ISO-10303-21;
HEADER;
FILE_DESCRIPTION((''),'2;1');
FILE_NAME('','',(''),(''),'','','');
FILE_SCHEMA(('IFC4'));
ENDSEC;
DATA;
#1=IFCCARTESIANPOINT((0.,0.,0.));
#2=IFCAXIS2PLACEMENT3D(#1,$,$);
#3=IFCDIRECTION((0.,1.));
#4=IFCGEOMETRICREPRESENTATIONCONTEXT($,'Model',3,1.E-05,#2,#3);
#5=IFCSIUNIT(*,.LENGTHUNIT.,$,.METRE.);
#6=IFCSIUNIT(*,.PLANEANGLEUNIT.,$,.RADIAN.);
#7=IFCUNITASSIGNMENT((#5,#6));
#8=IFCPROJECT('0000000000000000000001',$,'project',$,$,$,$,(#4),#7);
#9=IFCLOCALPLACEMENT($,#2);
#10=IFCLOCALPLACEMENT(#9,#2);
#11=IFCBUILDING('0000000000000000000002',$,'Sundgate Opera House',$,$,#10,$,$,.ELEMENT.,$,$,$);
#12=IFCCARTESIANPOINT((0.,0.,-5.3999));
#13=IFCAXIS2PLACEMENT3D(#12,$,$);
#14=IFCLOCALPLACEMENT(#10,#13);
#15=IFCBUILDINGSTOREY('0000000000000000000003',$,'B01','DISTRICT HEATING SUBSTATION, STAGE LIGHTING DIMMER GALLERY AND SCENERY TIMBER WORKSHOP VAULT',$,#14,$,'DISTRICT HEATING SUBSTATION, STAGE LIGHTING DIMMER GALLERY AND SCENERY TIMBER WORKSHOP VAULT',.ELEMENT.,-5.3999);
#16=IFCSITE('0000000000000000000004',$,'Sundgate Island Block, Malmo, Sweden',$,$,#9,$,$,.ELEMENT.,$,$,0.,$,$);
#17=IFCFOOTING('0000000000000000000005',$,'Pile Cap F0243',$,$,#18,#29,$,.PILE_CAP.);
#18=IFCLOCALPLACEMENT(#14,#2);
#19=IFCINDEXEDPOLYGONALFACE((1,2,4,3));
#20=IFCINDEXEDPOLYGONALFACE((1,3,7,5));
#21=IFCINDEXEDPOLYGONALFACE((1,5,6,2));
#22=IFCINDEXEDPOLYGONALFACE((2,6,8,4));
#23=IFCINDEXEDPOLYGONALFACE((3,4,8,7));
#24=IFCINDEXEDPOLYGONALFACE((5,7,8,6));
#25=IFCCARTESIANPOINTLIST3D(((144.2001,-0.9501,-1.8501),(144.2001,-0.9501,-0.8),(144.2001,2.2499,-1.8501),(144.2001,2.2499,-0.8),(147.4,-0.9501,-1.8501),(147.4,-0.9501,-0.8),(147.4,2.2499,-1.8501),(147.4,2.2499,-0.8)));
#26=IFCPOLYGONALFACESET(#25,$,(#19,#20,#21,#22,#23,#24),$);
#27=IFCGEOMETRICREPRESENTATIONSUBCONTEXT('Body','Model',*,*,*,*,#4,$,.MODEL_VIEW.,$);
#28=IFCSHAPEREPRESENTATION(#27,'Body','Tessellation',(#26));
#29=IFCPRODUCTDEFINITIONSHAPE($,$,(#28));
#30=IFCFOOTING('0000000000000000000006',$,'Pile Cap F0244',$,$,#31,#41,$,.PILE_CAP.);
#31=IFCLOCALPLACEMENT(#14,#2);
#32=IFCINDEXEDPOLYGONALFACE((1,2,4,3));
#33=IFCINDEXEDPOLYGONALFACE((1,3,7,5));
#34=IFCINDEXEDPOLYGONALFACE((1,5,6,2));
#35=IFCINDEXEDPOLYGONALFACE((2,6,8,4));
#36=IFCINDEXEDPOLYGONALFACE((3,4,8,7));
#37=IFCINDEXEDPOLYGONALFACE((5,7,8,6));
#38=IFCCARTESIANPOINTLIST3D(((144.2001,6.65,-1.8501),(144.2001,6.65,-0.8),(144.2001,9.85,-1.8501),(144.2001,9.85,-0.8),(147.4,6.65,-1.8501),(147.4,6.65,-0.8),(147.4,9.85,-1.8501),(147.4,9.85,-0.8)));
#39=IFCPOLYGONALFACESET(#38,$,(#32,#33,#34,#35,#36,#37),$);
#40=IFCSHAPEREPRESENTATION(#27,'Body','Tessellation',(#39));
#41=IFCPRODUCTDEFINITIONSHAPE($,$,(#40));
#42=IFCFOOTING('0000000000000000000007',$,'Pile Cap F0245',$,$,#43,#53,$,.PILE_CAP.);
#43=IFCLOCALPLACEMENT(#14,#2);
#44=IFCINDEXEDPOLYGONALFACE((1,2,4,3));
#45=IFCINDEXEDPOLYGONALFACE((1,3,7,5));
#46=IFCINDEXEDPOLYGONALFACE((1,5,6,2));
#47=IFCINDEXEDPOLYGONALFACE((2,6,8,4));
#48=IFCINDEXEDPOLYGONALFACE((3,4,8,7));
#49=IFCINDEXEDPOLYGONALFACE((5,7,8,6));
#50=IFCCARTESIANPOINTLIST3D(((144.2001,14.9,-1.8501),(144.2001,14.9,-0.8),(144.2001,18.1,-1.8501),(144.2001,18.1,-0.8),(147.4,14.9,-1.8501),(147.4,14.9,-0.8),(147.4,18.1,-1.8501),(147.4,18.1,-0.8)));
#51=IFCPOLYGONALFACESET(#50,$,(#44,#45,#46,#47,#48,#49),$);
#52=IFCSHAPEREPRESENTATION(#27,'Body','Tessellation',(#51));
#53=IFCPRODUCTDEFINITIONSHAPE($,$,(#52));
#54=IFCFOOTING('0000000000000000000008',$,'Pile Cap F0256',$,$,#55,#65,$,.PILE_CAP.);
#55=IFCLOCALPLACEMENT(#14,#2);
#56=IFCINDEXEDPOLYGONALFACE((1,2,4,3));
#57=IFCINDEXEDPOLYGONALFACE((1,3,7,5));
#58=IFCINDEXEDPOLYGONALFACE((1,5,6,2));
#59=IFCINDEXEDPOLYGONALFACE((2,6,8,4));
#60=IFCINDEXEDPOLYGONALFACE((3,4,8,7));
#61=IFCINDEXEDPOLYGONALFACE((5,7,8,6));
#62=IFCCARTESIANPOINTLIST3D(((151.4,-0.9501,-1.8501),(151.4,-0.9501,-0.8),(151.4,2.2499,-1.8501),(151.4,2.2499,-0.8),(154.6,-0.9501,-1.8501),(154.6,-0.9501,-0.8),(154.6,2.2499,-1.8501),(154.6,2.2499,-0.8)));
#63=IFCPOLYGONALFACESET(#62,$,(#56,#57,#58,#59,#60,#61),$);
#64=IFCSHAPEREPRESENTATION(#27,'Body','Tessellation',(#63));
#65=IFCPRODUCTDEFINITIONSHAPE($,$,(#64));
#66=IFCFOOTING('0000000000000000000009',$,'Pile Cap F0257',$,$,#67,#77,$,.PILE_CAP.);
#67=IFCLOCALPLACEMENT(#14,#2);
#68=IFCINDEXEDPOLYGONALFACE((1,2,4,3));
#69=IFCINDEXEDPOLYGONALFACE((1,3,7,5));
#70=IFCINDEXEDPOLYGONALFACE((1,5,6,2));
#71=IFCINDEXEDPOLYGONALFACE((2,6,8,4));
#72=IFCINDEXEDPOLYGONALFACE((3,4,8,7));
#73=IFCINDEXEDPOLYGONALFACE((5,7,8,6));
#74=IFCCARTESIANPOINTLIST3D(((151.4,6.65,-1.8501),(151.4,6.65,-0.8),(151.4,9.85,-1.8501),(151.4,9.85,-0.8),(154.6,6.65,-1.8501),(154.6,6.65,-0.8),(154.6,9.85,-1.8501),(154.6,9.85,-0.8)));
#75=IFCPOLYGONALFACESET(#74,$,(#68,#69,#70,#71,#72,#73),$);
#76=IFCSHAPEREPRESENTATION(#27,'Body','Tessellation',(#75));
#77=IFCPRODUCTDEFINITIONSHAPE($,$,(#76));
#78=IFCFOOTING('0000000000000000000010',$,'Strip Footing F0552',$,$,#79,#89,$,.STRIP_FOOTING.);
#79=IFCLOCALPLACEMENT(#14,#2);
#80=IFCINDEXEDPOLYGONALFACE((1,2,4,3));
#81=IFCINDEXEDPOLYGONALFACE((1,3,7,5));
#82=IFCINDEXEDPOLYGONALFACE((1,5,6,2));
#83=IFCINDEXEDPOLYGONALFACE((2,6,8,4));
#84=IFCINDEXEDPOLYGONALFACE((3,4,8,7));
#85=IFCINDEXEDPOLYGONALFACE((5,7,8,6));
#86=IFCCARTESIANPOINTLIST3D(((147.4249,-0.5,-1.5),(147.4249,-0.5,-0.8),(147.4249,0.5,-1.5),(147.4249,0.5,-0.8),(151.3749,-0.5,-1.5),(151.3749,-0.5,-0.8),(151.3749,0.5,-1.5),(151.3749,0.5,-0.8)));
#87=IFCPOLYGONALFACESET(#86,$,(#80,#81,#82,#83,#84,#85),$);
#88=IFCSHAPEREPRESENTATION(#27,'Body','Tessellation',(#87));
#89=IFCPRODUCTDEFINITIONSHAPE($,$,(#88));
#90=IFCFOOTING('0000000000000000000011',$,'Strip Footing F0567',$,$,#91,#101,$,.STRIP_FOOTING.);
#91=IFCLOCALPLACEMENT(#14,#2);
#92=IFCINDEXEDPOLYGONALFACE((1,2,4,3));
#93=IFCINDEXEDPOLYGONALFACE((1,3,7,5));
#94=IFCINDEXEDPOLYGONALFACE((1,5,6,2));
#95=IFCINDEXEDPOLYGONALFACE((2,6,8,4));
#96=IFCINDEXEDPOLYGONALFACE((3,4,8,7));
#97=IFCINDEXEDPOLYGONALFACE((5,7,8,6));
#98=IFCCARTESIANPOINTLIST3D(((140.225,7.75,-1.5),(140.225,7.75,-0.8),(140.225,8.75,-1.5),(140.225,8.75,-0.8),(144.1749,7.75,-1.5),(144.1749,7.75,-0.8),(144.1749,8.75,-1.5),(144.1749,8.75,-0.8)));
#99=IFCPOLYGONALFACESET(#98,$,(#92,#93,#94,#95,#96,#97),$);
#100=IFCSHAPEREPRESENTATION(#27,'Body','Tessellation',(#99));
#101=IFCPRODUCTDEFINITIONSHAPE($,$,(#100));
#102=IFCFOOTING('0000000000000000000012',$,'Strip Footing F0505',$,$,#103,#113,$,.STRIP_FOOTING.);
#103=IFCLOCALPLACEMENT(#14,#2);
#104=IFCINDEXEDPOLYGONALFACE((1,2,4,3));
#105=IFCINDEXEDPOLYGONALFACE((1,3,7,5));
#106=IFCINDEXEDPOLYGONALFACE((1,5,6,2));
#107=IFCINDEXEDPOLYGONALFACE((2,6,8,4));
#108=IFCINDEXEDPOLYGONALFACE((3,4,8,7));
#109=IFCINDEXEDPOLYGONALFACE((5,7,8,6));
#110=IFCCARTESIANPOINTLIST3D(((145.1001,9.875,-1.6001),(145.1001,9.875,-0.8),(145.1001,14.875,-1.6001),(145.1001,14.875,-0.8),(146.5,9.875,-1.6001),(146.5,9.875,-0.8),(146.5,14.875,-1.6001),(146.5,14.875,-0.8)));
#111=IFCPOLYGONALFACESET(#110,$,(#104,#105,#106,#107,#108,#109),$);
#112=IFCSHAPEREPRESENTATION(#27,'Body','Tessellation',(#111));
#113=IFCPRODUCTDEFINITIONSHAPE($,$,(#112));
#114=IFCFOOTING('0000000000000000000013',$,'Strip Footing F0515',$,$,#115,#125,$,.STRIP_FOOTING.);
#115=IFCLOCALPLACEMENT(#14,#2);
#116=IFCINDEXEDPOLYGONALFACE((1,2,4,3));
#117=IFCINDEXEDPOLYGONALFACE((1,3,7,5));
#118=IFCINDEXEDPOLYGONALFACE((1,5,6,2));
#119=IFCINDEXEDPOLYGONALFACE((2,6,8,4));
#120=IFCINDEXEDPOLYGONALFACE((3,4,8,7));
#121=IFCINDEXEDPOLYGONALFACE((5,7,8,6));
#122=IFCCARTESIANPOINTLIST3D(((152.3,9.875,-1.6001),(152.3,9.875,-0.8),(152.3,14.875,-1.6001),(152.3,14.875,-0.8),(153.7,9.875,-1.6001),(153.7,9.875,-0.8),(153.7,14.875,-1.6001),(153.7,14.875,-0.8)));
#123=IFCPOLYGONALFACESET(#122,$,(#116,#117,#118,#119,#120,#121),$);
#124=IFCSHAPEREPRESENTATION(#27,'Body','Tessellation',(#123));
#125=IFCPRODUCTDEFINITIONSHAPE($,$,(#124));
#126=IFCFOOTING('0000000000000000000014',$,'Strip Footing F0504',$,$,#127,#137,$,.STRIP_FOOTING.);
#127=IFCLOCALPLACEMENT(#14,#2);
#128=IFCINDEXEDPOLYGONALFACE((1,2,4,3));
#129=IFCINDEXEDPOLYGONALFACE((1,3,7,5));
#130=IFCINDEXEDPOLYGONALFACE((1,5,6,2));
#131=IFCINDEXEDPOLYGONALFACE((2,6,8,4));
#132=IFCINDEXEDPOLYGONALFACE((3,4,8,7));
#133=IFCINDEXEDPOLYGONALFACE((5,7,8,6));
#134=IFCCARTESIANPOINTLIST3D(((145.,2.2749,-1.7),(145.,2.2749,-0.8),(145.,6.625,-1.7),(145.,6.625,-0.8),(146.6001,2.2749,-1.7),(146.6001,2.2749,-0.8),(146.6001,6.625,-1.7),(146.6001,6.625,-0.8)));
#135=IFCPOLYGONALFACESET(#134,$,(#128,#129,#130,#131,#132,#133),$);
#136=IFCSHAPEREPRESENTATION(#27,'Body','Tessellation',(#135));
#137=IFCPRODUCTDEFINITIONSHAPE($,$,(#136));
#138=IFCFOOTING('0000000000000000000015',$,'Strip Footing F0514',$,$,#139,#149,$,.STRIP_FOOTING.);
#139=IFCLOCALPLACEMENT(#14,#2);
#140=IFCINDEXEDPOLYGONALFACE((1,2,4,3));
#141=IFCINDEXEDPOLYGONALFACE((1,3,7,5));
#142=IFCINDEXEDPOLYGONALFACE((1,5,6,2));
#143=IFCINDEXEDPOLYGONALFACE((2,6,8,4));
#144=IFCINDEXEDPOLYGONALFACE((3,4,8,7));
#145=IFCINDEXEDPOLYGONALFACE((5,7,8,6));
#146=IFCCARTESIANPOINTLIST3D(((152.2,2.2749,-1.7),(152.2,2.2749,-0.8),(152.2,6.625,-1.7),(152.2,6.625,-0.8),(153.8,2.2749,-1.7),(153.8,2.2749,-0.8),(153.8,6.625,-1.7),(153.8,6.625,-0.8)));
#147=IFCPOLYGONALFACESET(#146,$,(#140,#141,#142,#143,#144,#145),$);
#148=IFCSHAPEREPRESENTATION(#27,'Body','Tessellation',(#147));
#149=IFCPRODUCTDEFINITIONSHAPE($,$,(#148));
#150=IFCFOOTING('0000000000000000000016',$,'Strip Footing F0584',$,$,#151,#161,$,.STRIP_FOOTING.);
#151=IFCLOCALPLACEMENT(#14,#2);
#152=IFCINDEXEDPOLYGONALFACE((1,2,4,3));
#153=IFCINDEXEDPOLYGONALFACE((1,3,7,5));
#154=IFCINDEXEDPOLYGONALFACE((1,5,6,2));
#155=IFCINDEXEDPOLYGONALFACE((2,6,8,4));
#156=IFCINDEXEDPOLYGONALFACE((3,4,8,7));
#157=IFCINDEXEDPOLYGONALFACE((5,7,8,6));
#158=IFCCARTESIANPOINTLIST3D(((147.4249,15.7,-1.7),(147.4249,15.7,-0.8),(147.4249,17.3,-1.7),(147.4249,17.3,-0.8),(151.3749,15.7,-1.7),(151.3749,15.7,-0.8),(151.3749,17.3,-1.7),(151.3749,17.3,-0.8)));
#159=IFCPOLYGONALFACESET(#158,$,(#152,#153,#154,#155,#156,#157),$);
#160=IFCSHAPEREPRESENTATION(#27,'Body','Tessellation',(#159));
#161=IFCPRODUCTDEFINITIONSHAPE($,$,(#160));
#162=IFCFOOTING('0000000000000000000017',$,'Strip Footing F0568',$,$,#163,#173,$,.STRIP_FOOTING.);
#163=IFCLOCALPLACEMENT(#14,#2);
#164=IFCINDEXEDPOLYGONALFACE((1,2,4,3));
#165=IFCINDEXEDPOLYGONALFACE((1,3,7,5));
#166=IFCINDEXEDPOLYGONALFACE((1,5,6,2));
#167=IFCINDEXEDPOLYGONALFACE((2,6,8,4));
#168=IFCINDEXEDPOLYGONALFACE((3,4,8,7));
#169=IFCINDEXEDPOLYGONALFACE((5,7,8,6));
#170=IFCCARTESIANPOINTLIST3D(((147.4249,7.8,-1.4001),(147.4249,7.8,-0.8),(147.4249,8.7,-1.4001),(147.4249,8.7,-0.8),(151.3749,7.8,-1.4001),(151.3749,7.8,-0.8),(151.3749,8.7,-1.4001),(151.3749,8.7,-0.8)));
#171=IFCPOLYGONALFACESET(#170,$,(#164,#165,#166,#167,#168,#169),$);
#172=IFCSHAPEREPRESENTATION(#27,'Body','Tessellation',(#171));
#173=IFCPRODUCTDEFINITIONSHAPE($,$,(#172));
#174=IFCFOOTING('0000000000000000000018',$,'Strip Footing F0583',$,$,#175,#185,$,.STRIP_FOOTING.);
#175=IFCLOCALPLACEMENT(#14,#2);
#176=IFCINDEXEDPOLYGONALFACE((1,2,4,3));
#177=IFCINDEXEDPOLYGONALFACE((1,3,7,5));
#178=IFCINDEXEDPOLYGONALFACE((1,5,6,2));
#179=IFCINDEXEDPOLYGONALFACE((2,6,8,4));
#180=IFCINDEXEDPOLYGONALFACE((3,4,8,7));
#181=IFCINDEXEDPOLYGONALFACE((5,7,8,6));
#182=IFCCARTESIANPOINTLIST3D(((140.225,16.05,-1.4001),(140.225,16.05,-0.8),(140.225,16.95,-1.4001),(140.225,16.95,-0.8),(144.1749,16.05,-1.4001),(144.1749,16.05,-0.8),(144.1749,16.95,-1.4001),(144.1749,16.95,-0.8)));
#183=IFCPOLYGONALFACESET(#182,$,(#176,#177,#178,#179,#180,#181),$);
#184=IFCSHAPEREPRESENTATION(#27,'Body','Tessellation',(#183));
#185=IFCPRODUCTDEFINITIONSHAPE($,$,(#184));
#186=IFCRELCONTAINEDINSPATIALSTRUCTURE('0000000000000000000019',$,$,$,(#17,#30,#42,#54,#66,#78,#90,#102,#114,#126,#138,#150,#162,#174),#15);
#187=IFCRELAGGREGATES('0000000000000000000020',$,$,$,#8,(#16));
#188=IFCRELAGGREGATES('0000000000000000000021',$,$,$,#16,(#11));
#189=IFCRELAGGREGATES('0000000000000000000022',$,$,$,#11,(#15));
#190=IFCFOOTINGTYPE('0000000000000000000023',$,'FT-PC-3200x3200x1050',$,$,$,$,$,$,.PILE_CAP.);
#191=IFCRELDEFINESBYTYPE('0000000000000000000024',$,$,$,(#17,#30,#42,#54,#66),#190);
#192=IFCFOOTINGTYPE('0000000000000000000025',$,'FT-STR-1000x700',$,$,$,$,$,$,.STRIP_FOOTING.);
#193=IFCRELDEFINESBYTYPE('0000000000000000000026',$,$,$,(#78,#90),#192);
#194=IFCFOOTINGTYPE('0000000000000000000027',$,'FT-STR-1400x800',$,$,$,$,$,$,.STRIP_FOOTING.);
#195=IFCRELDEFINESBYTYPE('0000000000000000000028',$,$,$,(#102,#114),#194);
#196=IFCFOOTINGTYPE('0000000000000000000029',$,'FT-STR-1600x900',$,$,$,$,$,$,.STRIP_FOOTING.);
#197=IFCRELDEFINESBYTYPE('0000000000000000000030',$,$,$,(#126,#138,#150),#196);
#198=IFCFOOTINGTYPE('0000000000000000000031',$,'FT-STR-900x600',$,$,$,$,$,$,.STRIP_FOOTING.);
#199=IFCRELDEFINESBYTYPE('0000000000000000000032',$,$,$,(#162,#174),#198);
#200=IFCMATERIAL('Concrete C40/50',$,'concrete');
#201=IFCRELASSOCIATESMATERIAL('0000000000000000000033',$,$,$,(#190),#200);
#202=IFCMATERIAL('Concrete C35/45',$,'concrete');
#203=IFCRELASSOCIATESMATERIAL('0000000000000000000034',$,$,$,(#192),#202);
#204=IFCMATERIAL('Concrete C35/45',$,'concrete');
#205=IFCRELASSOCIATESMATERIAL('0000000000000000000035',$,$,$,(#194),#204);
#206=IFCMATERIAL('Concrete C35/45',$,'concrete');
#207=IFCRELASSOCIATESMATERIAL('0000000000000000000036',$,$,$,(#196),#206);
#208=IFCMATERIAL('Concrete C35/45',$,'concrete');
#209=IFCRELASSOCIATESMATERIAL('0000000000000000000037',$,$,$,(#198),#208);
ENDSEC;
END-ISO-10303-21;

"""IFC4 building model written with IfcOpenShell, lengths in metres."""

from ifc_helpers import new_model, si_unit, direction, frame, origin, origin_2d, place, context, subcontext, project, spatial, rectangle, extrude, material, type_object, element, save


model = new_model("IFC4")

# Units and contexts
model_context = context("Model", 3, precision=1e-05, world=origin(), true_north=direction((0.0, 1.0)))
body_context = subcontext(model_context, "Body", "Model", "MODEL_VIEW")
ifc_project = project(units=[si_unit("LENGTHUNIT", "METRE"), si_unit("PLANEANGLEUNIT", "RADIAN")], contexts=[model_context])

# Site, building, storey
site_placement = place(None, origin())
site = spatial("IfcSite", under=ifc_project, at=site_placement, Name="Sundgate Island Block, Malmo, Sweden", CompositionType="ELEMENT", RefElevation=0.0)
building_placement = place(site_placement, origin())
building = spatial("IfcBuilding", under=site, at=building_placement, Name="Sundgate Opera House", CompositionType="ELEMENT")
storey_placement = place(building_placement, frame((0.0, 0.0, -5.3999)))
storey = spatial("IfcBuildingStorey", under=building, at=storey_placement, Name="B01", Description="DISTRICT HEATING SUBSTATION, STAGE LIGHTING DIMMER GALLERY AND SCENERY TIMBER WORKSHOP VAULT", LongName="DISTRICT HEATING SUBSTATION, STAGE LIGHTING DIMMER GALLERY AND SCENERY TIMBER WORKSHOP VAULT", CompositionType="ELEMENT", Elevation=-5.3999)

# Footings
ifc_material_1 = material(Name="Concrete C40/50", Category="concrete")
footing_type_1 = type_object("IfcFootingType", Name="FT-PC-3200x3200x1050", PredefinedType="PILE_CAP", material=ifc_material_1)
for number, where, z_axis, x_axis, name in (
    (1, (145.8, 0.6499, -1.8501), (0.0, 0.0, 1.0), (1.0, 0.0, 0.0), "Pile Cap F0243"),
    (2, (145.8, 8.25, -1.8501), (0.0, 0.0, 1.0), (1.0, 0.0, 0.0), "Pile Cap F0244"),
    (3, (145.8, 16.5, -1.8501), (0.0, 0.0, 1.0), (1.0, 0.0, 0.0), "Pile Cap F0245"),
    (4, (153.0, 0.6499, -1.8501), (0.0, 0.0, 1.0), (1.0, 0.0, 0.0), "Pile Cap F0256"),
    (5, (153.0, 8.25, -1.8501), (0.0, 0.0, 1.0), (1.0, 0.0, 0.0), "Pile Cap F0257"),
):
    element("IfcFooting", number, at=place(storey_placement, frame(where, z_axis=z_axis, x_axis=x_axis)), inside=storey, type_object=footing_type_1, Name=name, PredefinedType="PILE_CAP", context=body_context, shape_type="SweptSolid", body=[
        extrude(rectangle(XDim=3.2, YDim=3.2, at=origin_2d()), origin(), (0.0, 0.0, 1.0), 1.05),
    ])
ifc_material_2 = material(Name="Concrete C35/45", Category="concrete")
footing_type_2 = type_object("IfcFootingType", Name="FT-STR-1000x700", PredefinedType="STRIP_FOOTING", material=ifc_material_2)
for number, where, z_axis, x_axis, name in (
    (6, (149.3999, 0.0, -1.5), (0.0, 0.0, 1.0), (1.0, 0.0, 0.0), "Strip Footing F0552"),
    (7, (142.2, 8.25, -1.5), (0.0, 0.0, 1.0), (1.0, 0.0, 0.0), "Strip Footing F0567"),
):
    element("IfcFooting", number, at=place(storey_placement, frame(where, z_axis=z_axis, x_axis=x_axis)), inside=storey, type_object=footing_type_2, Name=name, PredefinedType="STRIP_FOOTING", context=body_context, shape_type="SweptSolid", body=[
        extrude(rectangle(XDim=3.95, YDim=1.0, at=origin_2d()), origin(), (0.0, 0.0, 1.0), 0.7),
    ])
ifc_material_3 = material(Name="Concrete C35/45", Category="concrete")
footing_type_3 = type_object("IfcFootingType", Name="FT-STR-1400x800", PredefinedType="STRIP_FOOTING", material=ifc_material_3)
for number, where, z_axis, x_axis, name in (
    (8, (145.8, 12.375, -1.6001), (0.0, 0.0, 1.0), (1.0, 0.0, 0.0), "Strip Footing F0505"),
    (9, (153.0, 12.375, -1.6001), (0.0, 0.0, 1.0), (1.0, 0.0, 0.0), "Strip Footing F0515"),
):
    element("IfcFooting", number, at=place(storey_placement, frame(where, z_axis=z_axis, x_axis=x_axis)), inside=storey, type_object=footing_type_3, Name=name, PredefinedType="STRIP_FOOTING", context=body_context, shape_type="SweptSolid", body=[
        extrude(rectangle(XDim=1.3999, YDim=5.0, at=origin_2d()), origin(), (0.0, 0.0, 1.0), 0.8),
    ])
ifc_material_4 = material(Name="Concrete C35/45", Category="concrete")
footing_type_4 = type_object("IfcFootingType", Name="FT-STR-1600x900", PredefinedType="STRIP_FOOTING", material=ifc_material_4)
for number, where, z_axis, x_axis, name in (
    (10, (145.8, 4.45, -1.7), (0.0, 0.0, 1.0), (1.0, 0.0, 0.0), "Strip Footing F0504"),
    (11, (153.0, 4.45, -1.7), (0.0, 0.0, 1.0), (1.0, 0.0, 0.0), "Strip Footing F0514"),
):
    element("IfcFooting", number, at=place(storey_placement, frame(where, z_axis=z_axis, x_axis=x_axis)), inside=storey, type_object=footing_type_4, Name=name, PredefinedType="STRIP_FOOTING", context=body_context, shape_type="SweptSolid", body=[
        extrude(rectangle(XDim=1.6001, YDim=4.3501, at=origin_2d()), origin(), (0.0, 0.0, 1.0), 0.8999),
    ])
footing_placement = place(storey_placement, frame((149.3999, 16.5, -1.7), z_axis=(0.0, 0.0, 1.0), x_axis=(1.0, 0.0, 0.0)))
element("IfcFooting", 12, at=footing_placement, inside=storey, type_object=footing_type_4, Name="Strip Footing F0584", PredefinedType="STRIP_FOOTING", context=body_context, shape_type="SweptSolid", body=[
    extrude(rectangle(XDim=3.95, YDim=1.6001, at=origin_2d()), origin(), (0.0, 0.0, 1.0), 0.8999),
])
ifc_material_5 = material(Name="Concrete C35/45", Category="concrete")
footing_type_5 = type_object("IfcFootingType", Name="FT-STR-900x600", PredefinedType="STRIP_FOOTING", material=ifc_material_5)
for number, where, z_axis, x_axis, name in (
    (13, (149.3999, 8.25, -1.4001), (0.0, 0.0, 1.0), (1.0, 0.0, 0.0), "Strip Footing F0568"),
    (14, (142.2, 16.5, -1.4001), (0.0, 0.0, 1.0), (1.0, 0.0, 0.0), "Strip Footing F0583"),
):
    element("IfcFooting", number, at=place(storey_placement, frame(where, z_axis=z_axis, x_axis=x_axis)), inside=storey, type_object=footing_type_5, Name=name, PredefinedType="STRIP_FOOTING", context=body_context, shape_type="SweptSolid", body=[
        extrude(rectangle(XDim=3.95, YDim=0.8999, at=origin_2d()), origin(), (0.0, 0.0, 1.0), 0.6001),
    ])

save(model, "model.ifc")
